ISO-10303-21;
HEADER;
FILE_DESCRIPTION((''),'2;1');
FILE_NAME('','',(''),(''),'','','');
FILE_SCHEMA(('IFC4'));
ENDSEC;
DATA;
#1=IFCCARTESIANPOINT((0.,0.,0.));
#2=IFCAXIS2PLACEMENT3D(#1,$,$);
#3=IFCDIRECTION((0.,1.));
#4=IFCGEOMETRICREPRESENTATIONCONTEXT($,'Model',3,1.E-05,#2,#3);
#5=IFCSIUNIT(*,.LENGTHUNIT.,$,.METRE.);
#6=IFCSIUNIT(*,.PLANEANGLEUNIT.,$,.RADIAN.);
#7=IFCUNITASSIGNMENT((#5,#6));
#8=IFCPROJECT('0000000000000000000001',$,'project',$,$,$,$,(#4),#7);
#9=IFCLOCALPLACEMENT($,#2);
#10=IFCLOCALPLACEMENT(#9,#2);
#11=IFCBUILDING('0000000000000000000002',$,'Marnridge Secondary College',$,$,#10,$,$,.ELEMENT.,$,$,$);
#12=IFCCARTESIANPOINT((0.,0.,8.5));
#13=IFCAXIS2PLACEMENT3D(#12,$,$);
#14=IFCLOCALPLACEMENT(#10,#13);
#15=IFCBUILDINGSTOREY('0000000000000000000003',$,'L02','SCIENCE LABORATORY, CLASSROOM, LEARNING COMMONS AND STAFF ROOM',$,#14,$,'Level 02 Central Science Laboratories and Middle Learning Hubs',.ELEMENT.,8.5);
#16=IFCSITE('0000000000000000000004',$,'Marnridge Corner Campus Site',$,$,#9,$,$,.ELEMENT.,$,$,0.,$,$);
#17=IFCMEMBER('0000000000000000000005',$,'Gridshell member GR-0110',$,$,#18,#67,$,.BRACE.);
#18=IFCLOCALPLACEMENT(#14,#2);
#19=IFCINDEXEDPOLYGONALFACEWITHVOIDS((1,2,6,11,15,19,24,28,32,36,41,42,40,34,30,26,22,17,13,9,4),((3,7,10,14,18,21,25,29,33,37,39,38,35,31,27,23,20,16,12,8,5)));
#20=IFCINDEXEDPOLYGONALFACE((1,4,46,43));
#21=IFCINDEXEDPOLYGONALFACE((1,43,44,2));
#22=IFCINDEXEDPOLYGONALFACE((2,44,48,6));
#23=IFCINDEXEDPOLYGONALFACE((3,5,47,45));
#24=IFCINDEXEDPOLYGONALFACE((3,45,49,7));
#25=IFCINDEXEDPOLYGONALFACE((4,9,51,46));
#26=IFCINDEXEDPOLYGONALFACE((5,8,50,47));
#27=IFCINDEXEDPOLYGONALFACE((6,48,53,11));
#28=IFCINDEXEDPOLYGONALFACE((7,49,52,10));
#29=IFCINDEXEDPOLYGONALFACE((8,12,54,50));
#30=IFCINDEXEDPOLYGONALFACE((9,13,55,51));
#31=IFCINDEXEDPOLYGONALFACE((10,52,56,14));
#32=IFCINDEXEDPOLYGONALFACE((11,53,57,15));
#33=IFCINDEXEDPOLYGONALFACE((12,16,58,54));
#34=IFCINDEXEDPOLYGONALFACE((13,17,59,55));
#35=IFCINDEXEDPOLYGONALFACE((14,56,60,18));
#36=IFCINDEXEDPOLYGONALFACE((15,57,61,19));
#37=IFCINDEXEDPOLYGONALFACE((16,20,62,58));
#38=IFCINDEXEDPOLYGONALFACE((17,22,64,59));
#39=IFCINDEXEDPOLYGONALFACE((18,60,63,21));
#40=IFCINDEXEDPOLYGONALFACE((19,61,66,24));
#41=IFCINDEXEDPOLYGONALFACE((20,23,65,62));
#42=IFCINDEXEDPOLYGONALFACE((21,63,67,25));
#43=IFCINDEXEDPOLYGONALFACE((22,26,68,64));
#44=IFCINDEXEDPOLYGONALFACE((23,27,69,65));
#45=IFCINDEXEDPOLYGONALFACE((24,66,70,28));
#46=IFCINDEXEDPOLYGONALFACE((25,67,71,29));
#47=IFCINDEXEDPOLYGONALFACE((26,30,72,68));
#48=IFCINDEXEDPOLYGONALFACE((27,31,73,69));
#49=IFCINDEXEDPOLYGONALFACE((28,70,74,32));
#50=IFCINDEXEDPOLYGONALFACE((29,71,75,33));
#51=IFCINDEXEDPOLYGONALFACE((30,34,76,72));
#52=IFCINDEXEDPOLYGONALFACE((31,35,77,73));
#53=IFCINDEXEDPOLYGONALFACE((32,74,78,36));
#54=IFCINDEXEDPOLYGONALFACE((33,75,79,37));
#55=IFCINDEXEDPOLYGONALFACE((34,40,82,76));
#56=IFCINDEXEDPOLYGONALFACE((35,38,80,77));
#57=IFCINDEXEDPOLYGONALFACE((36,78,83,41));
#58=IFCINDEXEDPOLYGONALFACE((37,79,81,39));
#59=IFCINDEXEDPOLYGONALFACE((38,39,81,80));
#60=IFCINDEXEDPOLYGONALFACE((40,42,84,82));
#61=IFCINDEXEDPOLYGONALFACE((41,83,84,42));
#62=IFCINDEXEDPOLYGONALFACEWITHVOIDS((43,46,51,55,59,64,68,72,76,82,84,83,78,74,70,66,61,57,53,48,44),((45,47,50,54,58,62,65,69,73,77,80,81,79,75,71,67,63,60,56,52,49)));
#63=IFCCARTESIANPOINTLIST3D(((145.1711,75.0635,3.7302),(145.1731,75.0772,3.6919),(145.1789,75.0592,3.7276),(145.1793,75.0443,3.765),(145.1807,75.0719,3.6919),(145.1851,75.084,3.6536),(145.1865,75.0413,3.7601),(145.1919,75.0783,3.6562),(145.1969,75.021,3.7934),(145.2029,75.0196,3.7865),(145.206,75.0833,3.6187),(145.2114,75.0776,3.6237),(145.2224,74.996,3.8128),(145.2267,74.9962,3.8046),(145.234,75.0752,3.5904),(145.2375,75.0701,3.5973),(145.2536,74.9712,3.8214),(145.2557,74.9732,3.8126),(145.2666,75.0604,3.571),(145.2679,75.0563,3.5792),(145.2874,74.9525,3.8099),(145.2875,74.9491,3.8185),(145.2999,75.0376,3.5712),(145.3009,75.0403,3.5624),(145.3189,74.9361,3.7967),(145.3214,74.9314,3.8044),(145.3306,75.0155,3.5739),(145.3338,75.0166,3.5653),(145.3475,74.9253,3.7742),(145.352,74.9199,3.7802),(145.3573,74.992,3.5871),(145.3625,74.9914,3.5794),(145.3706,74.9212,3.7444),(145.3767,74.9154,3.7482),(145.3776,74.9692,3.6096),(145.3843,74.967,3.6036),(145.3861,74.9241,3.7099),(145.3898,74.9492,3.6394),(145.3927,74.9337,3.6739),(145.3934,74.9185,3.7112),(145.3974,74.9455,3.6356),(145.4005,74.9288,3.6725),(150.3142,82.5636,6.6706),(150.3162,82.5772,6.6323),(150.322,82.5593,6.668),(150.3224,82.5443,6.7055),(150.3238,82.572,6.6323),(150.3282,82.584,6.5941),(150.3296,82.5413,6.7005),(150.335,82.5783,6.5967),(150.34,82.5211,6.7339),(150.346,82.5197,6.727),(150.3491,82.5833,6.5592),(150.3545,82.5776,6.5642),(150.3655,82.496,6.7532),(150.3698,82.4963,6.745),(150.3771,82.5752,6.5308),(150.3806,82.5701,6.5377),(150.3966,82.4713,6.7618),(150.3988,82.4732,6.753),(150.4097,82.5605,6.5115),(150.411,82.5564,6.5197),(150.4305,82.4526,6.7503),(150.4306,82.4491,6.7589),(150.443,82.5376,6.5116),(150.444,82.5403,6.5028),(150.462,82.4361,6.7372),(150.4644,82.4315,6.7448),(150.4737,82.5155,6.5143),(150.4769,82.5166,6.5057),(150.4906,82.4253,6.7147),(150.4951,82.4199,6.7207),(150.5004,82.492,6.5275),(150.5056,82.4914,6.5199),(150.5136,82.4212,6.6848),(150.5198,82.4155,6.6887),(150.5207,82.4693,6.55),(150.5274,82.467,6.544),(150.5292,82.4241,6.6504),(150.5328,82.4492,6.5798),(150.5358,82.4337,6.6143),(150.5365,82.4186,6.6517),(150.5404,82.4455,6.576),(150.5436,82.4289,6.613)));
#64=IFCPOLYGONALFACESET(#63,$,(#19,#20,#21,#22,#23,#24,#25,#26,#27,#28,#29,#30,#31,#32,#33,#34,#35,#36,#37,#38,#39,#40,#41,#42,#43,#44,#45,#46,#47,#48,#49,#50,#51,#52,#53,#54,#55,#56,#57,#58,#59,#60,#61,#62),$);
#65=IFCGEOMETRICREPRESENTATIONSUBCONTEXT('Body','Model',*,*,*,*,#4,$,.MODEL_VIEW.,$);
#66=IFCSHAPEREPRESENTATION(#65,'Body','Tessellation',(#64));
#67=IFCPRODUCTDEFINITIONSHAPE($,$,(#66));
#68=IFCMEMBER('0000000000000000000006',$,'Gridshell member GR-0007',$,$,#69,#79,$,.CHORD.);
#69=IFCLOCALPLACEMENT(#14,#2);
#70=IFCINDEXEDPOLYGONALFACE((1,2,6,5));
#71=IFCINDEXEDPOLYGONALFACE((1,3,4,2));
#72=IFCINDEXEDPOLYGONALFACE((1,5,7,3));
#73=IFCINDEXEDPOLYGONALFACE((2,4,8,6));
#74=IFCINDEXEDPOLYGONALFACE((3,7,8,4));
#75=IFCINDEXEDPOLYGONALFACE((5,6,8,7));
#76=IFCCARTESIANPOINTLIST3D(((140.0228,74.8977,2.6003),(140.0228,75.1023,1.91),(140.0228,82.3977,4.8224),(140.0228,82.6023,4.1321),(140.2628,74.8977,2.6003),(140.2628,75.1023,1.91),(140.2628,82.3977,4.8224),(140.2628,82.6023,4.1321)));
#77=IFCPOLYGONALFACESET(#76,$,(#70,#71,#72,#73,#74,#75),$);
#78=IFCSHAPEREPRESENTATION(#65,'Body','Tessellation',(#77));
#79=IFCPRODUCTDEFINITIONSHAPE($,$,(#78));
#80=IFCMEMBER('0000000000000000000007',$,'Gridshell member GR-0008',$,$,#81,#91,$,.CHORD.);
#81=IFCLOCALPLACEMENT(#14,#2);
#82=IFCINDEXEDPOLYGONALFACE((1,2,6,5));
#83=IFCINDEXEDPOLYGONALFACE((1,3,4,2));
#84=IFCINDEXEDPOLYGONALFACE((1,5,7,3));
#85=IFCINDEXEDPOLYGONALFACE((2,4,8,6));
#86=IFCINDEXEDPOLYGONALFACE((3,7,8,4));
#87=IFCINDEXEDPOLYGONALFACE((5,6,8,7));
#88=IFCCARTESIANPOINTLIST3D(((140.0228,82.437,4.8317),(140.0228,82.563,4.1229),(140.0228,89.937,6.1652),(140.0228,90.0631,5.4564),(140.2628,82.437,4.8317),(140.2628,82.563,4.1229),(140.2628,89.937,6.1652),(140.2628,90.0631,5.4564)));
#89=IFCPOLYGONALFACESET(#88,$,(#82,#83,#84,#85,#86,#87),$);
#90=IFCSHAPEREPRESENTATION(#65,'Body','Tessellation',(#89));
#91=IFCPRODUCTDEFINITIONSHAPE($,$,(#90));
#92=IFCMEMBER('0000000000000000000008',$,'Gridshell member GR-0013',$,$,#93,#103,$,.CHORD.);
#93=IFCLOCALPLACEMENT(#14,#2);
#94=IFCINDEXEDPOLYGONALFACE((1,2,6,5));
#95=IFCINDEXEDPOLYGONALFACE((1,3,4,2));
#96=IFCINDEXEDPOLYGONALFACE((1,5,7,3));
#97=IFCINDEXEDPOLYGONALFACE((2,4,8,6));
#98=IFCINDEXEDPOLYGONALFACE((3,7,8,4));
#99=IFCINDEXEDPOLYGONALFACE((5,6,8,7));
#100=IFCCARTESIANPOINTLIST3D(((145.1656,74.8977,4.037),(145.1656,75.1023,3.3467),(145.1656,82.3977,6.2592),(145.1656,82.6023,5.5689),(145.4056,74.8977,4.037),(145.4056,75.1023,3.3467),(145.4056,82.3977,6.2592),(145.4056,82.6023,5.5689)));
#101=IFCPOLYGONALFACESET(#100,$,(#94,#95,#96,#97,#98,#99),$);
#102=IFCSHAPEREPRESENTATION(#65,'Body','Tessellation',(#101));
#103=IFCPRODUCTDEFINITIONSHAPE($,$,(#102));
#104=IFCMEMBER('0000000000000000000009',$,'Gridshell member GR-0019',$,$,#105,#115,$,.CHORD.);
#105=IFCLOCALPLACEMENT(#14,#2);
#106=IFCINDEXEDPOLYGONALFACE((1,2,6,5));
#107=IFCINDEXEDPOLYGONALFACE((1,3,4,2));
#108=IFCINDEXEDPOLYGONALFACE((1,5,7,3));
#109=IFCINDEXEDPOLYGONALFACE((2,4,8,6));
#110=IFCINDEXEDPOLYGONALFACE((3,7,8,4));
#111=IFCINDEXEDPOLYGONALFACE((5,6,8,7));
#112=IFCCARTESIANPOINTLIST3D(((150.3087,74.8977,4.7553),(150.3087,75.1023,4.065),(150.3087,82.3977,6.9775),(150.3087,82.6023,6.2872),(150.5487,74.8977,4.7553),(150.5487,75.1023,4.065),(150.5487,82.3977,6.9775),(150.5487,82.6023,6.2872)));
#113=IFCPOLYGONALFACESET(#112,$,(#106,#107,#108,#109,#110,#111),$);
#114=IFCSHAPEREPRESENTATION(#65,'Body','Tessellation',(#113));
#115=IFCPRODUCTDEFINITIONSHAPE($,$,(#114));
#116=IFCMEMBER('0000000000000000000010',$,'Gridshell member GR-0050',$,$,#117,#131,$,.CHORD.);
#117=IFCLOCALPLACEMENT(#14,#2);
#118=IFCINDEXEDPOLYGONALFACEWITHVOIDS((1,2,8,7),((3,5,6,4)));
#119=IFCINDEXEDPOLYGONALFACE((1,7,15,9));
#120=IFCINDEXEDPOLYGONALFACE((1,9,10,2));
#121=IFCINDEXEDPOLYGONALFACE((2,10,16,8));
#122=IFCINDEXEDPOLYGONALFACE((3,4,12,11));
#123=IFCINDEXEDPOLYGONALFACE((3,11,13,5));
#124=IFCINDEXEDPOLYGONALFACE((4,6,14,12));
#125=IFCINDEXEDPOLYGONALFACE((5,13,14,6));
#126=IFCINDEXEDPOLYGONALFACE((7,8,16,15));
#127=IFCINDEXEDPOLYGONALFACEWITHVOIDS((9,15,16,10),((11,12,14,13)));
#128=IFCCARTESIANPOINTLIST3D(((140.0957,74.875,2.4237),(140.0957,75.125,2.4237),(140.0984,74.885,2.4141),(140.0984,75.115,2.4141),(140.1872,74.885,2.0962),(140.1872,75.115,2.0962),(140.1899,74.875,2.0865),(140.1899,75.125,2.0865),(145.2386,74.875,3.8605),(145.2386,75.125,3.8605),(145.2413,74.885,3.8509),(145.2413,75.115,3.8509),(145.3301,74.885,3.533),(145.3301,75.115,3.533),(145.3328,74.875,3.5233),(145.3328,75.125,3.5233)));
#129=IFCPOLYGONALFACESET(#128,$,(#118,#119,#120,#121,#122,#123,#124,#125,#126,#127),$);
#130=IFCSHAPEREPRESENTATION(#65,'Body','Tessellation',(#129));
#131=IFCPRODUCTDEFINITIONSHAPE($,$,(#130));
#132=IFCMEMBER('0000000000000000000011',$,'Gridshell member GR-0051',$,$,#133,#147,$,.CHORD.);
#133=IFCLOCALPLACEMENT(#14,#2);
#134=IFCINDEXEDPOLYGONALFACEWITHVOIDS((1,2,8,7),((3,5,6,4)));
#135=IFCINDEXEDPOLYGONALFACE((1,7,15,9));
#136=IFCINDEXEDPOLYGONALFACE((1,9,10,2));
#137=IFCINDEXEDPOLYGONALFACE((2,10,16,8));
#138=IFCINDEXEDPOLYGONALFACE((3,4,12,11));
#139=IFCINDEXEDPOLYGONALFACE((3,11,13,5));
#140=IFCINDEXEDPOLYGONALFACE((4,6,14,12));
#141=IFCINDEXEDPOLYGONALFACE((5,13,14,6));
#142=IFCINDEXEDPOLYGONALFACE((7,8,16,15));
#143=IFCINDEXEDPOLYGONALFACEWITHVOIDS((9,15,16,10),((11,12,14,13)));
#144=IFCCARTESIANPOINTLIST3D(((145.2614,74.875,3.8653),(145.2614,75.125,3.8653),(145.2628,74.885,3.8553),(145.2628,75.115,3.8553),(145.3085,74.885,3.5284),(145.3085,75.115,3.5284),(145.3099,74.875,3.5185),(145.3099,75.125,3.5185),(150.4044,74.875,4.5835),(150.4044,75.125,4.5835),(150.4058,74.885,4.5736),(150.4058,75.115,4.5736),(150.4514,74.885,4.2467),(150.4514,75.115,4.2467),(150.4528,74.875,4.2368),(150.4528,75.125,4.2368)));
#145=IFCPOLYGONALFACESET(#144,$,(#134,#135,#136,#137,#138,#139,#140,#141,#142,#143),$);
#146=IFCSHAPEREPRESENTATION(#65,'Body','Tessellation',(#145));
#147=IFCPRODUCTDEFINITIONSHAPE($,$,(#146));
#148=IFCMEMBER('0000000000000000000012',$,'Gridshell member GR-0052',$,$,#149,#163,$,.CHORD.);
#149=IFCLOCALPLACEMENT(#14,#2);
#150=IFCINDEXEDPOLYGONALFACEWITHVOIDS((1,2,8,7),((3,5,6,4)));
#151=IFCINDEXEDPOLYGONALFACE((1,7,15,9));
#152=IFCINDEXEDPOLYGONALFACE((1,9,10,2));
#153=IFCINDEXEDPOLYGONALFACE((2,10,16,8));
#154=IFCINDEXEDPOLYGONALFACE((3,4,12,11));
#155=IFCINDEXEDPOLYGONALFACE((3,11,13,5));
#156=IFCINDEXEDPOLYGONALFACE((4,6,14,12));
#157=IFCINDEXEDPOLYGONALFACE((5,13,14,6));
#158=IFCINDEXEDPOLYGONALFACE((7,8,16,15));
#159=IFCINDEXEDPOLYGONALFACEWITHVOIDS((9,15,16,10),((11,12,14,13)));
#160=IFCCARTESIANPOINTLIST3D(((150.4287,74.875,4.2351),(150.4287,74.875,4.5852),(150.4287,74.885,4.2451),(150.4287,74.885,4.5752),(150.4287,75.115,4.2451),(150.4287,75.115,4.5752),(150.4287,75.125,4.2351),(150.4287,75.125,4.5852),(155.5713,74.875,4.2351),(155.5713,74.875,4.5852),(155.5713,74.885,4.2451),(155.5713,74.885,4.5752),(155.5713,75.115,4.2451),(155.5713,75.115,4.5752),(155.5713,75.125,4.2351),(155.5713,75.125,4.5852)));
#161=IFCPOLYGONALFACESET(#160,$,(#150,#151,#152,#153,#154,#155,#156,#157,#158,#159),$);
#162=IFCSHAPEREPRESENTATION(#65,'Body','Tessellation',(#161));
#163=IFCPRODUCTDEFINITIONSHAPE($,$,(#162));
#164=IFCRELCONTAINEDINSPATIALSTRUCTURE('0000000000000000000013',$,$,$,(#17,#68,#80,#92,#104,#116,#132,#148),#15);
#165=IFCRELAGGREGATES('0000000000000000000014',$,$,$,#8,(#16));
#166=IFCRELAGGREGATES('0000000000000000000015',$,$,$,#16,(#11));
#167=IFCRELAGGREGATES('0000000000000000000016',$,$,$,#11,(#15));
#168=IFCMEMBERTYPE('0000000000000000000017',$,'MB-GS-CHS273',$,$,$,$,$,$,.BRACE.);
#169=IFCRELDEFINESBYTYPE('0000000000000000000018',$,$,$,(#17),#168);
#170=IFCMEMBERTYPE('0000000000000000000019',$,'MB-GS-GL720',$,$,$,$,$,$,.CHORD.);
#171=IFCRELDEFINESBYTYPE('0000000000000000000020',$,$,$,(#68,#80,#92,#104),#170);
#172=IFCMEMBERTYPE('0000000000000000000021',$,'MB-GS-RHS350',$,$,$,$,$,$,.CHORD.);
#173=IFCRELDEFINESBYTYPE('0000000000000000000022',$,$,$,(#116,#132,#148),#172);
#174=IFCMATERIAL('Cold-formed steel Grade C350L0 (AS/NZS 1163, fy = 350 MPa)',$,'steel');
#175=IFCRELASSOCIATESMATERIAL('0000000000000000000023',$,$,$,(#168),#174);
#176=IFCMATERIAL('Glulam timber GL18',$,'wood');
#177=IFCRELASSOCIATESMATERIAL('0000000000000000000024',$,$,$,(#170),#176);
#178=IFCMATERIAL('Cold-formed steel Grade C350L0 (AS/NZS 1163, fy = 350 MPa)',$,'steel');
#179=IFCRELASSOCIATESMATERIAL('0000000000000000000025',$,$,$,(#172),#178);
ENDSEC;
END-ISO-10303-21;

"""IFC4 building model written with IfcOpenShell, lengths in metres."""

from ifc_helpers import new_model, si_unit, direction, frame, origin, origin_2d, place, context, subcontext, project, spatial, rectangle, hollow_rectangle, hollow_circle, extrude, material, material_profile, profile_set, type_object, element, save


model = new_model("IFC4")

# Units and contexts
model_context = context("Model", 3, precision=1e-05, world=origin(), true_north=direction((0.0, 1.0)))
body_context = subcontext(model_context, "Body", "Model", "MODEL_VIEW")
ifc_project = project(units=[si_unit("LENGTHUNIT", "METRE"), si_unit("PLANEANGLEUNIT", "RADIAN")], contexts=[model_context])

# Site, building, storey
site_placement = place(None, origin())
site = spatial("IfcSite", under=ifc_project, at=site_placement, Name="Marnridge Corner Campus Site", CompositionType="ELEMENT", RefElevation=0.0)
building_placement = place(site_placement, origin())
building = spatial("IfcBuilding", under=site, at=building_placement, Name="Marnridge Secondary College", CompositionType="ELEMENT")
storey_placement = place(building_placement, frame((0.0, 0.0, 8.5)))
storey = spatial("IfcBuildingStorey", under=building, at=storey_placement, Name="L02", Description="SCIENCE LABORATORY, CLASSROOM, LEARNING COMMONS AND STAFF ROOM", LongName="Level 02 Central Science Laboratories and Middle Learning Hubs", CompositionType="ELEMENT", Elevation=8.5)

# Members
ifc_material_1 = material(Name="Cold-formed steel Grade C350L0 (AS/NZS 1163, fy = 350 MPa)", Category="steel")
ifc_material_profile_1 = material_profile(ifc_material_1, hollow_circle(Radius=0.1365, WallThickness=0.0093, at=origin_2d()), Name="273.1x9.3CHS")
ifc_profile_set_1 = profile_set([ifc_material_profile_1], Name="Cold-formed steel Grade C350L0 (AS/NZS 1163, fy = 350 MPa)")
member_type_1 = type_object("IfcMemberType", Name="MB-GS-CHS273", PredefinedType="BRACE", material=ifc_profile_set_1)
member_1_placement = place(storey_placement, frame((145.2856, 75.0, 3.6919), z_axis=(0.538114, 0.784718, 0.307654), x_axis=(-0.824718, 0.565544, 0.0)))
element("IfcMember", 1, at=member_1_placement, inside=storey, type_object=member_type_1, Name="Gridshell member GR-0110", PredefinedType="BRACE", context=body_context, shape_type="SweptSolid", body=[
    extrude(hollow_circle(Radius=0.1365, WallThickness=0.0093, at=origin_2d()), origin(), (0.0, 0.0, 1.0), 9.5576),
])
ifc_material_2 = material(Name="Glulam timber GL18", Category="wood")
ifc_material_profile_2 = material_profile(ifc_material_2, rectangle(XDim=0.24, YDim=0.72, at=origin_2d()), Name="GL18 240x720")
ifc_profile_set_2 = profile_set([ifc_material_profile_2], Name="Glulam timber GL18")
member_type_2 = type_object("IfcMemberType", Name="MB-GS-GL720", PredefinedType="CHORD", material=ifc_profile_set_2)
member_2_placement = place(storey_placement, frame((140.1428, 75.0, 2.2551), z_axis=(0.0, 0.9588, 0.284082), x_axis=(-1.0, 0.0, 0.0)))
element("IfcMember", 2, at=member_2_placement, inside=storey, type_object=member_type_2, Name="Gridshell member GR-0007", PredefinedType="CHORD", context=body_context, shape_type="SweptSolid", body=[
    extrude(rectangle(XDim=0.24, YDim=0.72, at=origin_2d()), origin(), (0.0, 0.0, 1.0), 7.8223),
])
member_3_placement = place(storey_placement, frame((140.1428, 82.5, 4.4773), z_axis=(0.0, 0.984559, 0.175054), x_axis=(-1.0, 0.0, 0.0)))
element("IfcMember", 3, at=member_3_placement, inside=storey, type_object=member_type_2, Name="Gridshell member GR-0008", PredefinedType="CHORD", context=body_context, shape_type="SweptSolid", body=[
    extrude(rectangle(XDim=0.24, YDim=0.72, at=origin_2d()), origin(), (0.0, 0.0, 1.0), 7.6177),
])
for number, where, z_axis, x_axis, name in (
    (4, (145.2856, 75.0, 3.6919), (0.0, 0.9588, 0.284082), (-1.0, 0.0, 0.0), "Gridshell member GR-0013"),
    (5, (150.4287, 75.0, 4.4102), (0.0, 0.9588, 0.284082), (-1.0, 0.0, 0.0), "Gridshell member GR-0019"),
):
    element("IfcMember", number, at=place(storey_placement, frame(where, z_axis=z_axis, x_axis=x_axis)), inside=storey, type_object=member_type_2, Name=name, PredefinedType="CHORD", context=body_context, shape_type="SweptSolid", body=[
        extrude(rectangle(XDim=0.24, YDim=0.72, at=origin_2d()), origin(), (0.0, 0.0, 1.0), 7.8223),
    ])
ifc_material_3 = material(Name="Cold-formed steel Grade C350L0 (AS/NZS 1163, fy = 350 MPa)", Category="steel")
ifc_material_profile_3 = material_profile(ifc_material_3, hollow_rectangle(XDim=0.25, YDim=0.3501, WallThickness=0.01, at=origin_2d()), Name="350x250x10.0RHS")
ifc_profile_set_3 = profile_set([ifc_material_profile_3], Name="Cold-formed steel Grade C350L0 (AS/NZS 1163, fy = 350 MPa)")
member_type_3 = type_object("IfcMemberType", Name="MB-GS-RHS350", PredefinedType="CHORD", material=ifc_profile_set_3)
member_4_placement = place(storey_placement, frame((140.1428, 75.0, 2.2551), z_axis=(0.963121, 0.0, 0.26907), x_axis=(0.0, 1.0, 0.0)))
element("IfcMember", 6, at=member_4_placement, inside=storey, type_object=member_type_3, Name="Gridshell member GR-0050", PredefinedType="CHORD", context=body_context, shape_type="SweptSolid", body=[
    extrude(hollow_rectangle(XDim=0.25, YDim=0.3501, WallThickness=0.01, at=origin_2d()), origin(), (0.0, 0.0, 1.0), 5.3398),
])
member_5_placement = place(storey_placement, frame((145.2856, 75.0, 3.6919), z_axis=(0.990388, 0.0, 0.138314), x_axis=(0.0, 1.0, 0.0)))
element("IfcMember", 7, at=member_5_placement, inside=storey, type_object=member_type_3, Name="Gridshell member GR-0051", PredefinedType="CHORD", context=body_context, shape_type="SweptSolid", body=[
    extrude(hollow_rectangle(XDim=0.25, YDim=0.3501, WallThickness=0.01, at=origin_2d()), origin(), (0.0, 0.0, 1.0), 5.1929),
])
member_6_placement = place(storey_placement, frame((150.4287, 75.0, 4.4102), z_axis=(1.0, 0.0, 0.0), x_axis=(0.0, 1.0, 0.0)))
element("IfcMember", 8, at=member_6_placement, inside=storey, type_object=member_type_3, Name="Gridshell member GR-0052", PredefinedType="CHORD", context=body_context, shape_type="SweptSolid", body=[
    extrude(hollow_rectangle(XDim=0.25, YDim=0.3501, WallThickness=0.01, at=origin_2d()), origin(), (0.0, 0.0, 1.0), 5.1426),
])

save(model, "model.ifc")
